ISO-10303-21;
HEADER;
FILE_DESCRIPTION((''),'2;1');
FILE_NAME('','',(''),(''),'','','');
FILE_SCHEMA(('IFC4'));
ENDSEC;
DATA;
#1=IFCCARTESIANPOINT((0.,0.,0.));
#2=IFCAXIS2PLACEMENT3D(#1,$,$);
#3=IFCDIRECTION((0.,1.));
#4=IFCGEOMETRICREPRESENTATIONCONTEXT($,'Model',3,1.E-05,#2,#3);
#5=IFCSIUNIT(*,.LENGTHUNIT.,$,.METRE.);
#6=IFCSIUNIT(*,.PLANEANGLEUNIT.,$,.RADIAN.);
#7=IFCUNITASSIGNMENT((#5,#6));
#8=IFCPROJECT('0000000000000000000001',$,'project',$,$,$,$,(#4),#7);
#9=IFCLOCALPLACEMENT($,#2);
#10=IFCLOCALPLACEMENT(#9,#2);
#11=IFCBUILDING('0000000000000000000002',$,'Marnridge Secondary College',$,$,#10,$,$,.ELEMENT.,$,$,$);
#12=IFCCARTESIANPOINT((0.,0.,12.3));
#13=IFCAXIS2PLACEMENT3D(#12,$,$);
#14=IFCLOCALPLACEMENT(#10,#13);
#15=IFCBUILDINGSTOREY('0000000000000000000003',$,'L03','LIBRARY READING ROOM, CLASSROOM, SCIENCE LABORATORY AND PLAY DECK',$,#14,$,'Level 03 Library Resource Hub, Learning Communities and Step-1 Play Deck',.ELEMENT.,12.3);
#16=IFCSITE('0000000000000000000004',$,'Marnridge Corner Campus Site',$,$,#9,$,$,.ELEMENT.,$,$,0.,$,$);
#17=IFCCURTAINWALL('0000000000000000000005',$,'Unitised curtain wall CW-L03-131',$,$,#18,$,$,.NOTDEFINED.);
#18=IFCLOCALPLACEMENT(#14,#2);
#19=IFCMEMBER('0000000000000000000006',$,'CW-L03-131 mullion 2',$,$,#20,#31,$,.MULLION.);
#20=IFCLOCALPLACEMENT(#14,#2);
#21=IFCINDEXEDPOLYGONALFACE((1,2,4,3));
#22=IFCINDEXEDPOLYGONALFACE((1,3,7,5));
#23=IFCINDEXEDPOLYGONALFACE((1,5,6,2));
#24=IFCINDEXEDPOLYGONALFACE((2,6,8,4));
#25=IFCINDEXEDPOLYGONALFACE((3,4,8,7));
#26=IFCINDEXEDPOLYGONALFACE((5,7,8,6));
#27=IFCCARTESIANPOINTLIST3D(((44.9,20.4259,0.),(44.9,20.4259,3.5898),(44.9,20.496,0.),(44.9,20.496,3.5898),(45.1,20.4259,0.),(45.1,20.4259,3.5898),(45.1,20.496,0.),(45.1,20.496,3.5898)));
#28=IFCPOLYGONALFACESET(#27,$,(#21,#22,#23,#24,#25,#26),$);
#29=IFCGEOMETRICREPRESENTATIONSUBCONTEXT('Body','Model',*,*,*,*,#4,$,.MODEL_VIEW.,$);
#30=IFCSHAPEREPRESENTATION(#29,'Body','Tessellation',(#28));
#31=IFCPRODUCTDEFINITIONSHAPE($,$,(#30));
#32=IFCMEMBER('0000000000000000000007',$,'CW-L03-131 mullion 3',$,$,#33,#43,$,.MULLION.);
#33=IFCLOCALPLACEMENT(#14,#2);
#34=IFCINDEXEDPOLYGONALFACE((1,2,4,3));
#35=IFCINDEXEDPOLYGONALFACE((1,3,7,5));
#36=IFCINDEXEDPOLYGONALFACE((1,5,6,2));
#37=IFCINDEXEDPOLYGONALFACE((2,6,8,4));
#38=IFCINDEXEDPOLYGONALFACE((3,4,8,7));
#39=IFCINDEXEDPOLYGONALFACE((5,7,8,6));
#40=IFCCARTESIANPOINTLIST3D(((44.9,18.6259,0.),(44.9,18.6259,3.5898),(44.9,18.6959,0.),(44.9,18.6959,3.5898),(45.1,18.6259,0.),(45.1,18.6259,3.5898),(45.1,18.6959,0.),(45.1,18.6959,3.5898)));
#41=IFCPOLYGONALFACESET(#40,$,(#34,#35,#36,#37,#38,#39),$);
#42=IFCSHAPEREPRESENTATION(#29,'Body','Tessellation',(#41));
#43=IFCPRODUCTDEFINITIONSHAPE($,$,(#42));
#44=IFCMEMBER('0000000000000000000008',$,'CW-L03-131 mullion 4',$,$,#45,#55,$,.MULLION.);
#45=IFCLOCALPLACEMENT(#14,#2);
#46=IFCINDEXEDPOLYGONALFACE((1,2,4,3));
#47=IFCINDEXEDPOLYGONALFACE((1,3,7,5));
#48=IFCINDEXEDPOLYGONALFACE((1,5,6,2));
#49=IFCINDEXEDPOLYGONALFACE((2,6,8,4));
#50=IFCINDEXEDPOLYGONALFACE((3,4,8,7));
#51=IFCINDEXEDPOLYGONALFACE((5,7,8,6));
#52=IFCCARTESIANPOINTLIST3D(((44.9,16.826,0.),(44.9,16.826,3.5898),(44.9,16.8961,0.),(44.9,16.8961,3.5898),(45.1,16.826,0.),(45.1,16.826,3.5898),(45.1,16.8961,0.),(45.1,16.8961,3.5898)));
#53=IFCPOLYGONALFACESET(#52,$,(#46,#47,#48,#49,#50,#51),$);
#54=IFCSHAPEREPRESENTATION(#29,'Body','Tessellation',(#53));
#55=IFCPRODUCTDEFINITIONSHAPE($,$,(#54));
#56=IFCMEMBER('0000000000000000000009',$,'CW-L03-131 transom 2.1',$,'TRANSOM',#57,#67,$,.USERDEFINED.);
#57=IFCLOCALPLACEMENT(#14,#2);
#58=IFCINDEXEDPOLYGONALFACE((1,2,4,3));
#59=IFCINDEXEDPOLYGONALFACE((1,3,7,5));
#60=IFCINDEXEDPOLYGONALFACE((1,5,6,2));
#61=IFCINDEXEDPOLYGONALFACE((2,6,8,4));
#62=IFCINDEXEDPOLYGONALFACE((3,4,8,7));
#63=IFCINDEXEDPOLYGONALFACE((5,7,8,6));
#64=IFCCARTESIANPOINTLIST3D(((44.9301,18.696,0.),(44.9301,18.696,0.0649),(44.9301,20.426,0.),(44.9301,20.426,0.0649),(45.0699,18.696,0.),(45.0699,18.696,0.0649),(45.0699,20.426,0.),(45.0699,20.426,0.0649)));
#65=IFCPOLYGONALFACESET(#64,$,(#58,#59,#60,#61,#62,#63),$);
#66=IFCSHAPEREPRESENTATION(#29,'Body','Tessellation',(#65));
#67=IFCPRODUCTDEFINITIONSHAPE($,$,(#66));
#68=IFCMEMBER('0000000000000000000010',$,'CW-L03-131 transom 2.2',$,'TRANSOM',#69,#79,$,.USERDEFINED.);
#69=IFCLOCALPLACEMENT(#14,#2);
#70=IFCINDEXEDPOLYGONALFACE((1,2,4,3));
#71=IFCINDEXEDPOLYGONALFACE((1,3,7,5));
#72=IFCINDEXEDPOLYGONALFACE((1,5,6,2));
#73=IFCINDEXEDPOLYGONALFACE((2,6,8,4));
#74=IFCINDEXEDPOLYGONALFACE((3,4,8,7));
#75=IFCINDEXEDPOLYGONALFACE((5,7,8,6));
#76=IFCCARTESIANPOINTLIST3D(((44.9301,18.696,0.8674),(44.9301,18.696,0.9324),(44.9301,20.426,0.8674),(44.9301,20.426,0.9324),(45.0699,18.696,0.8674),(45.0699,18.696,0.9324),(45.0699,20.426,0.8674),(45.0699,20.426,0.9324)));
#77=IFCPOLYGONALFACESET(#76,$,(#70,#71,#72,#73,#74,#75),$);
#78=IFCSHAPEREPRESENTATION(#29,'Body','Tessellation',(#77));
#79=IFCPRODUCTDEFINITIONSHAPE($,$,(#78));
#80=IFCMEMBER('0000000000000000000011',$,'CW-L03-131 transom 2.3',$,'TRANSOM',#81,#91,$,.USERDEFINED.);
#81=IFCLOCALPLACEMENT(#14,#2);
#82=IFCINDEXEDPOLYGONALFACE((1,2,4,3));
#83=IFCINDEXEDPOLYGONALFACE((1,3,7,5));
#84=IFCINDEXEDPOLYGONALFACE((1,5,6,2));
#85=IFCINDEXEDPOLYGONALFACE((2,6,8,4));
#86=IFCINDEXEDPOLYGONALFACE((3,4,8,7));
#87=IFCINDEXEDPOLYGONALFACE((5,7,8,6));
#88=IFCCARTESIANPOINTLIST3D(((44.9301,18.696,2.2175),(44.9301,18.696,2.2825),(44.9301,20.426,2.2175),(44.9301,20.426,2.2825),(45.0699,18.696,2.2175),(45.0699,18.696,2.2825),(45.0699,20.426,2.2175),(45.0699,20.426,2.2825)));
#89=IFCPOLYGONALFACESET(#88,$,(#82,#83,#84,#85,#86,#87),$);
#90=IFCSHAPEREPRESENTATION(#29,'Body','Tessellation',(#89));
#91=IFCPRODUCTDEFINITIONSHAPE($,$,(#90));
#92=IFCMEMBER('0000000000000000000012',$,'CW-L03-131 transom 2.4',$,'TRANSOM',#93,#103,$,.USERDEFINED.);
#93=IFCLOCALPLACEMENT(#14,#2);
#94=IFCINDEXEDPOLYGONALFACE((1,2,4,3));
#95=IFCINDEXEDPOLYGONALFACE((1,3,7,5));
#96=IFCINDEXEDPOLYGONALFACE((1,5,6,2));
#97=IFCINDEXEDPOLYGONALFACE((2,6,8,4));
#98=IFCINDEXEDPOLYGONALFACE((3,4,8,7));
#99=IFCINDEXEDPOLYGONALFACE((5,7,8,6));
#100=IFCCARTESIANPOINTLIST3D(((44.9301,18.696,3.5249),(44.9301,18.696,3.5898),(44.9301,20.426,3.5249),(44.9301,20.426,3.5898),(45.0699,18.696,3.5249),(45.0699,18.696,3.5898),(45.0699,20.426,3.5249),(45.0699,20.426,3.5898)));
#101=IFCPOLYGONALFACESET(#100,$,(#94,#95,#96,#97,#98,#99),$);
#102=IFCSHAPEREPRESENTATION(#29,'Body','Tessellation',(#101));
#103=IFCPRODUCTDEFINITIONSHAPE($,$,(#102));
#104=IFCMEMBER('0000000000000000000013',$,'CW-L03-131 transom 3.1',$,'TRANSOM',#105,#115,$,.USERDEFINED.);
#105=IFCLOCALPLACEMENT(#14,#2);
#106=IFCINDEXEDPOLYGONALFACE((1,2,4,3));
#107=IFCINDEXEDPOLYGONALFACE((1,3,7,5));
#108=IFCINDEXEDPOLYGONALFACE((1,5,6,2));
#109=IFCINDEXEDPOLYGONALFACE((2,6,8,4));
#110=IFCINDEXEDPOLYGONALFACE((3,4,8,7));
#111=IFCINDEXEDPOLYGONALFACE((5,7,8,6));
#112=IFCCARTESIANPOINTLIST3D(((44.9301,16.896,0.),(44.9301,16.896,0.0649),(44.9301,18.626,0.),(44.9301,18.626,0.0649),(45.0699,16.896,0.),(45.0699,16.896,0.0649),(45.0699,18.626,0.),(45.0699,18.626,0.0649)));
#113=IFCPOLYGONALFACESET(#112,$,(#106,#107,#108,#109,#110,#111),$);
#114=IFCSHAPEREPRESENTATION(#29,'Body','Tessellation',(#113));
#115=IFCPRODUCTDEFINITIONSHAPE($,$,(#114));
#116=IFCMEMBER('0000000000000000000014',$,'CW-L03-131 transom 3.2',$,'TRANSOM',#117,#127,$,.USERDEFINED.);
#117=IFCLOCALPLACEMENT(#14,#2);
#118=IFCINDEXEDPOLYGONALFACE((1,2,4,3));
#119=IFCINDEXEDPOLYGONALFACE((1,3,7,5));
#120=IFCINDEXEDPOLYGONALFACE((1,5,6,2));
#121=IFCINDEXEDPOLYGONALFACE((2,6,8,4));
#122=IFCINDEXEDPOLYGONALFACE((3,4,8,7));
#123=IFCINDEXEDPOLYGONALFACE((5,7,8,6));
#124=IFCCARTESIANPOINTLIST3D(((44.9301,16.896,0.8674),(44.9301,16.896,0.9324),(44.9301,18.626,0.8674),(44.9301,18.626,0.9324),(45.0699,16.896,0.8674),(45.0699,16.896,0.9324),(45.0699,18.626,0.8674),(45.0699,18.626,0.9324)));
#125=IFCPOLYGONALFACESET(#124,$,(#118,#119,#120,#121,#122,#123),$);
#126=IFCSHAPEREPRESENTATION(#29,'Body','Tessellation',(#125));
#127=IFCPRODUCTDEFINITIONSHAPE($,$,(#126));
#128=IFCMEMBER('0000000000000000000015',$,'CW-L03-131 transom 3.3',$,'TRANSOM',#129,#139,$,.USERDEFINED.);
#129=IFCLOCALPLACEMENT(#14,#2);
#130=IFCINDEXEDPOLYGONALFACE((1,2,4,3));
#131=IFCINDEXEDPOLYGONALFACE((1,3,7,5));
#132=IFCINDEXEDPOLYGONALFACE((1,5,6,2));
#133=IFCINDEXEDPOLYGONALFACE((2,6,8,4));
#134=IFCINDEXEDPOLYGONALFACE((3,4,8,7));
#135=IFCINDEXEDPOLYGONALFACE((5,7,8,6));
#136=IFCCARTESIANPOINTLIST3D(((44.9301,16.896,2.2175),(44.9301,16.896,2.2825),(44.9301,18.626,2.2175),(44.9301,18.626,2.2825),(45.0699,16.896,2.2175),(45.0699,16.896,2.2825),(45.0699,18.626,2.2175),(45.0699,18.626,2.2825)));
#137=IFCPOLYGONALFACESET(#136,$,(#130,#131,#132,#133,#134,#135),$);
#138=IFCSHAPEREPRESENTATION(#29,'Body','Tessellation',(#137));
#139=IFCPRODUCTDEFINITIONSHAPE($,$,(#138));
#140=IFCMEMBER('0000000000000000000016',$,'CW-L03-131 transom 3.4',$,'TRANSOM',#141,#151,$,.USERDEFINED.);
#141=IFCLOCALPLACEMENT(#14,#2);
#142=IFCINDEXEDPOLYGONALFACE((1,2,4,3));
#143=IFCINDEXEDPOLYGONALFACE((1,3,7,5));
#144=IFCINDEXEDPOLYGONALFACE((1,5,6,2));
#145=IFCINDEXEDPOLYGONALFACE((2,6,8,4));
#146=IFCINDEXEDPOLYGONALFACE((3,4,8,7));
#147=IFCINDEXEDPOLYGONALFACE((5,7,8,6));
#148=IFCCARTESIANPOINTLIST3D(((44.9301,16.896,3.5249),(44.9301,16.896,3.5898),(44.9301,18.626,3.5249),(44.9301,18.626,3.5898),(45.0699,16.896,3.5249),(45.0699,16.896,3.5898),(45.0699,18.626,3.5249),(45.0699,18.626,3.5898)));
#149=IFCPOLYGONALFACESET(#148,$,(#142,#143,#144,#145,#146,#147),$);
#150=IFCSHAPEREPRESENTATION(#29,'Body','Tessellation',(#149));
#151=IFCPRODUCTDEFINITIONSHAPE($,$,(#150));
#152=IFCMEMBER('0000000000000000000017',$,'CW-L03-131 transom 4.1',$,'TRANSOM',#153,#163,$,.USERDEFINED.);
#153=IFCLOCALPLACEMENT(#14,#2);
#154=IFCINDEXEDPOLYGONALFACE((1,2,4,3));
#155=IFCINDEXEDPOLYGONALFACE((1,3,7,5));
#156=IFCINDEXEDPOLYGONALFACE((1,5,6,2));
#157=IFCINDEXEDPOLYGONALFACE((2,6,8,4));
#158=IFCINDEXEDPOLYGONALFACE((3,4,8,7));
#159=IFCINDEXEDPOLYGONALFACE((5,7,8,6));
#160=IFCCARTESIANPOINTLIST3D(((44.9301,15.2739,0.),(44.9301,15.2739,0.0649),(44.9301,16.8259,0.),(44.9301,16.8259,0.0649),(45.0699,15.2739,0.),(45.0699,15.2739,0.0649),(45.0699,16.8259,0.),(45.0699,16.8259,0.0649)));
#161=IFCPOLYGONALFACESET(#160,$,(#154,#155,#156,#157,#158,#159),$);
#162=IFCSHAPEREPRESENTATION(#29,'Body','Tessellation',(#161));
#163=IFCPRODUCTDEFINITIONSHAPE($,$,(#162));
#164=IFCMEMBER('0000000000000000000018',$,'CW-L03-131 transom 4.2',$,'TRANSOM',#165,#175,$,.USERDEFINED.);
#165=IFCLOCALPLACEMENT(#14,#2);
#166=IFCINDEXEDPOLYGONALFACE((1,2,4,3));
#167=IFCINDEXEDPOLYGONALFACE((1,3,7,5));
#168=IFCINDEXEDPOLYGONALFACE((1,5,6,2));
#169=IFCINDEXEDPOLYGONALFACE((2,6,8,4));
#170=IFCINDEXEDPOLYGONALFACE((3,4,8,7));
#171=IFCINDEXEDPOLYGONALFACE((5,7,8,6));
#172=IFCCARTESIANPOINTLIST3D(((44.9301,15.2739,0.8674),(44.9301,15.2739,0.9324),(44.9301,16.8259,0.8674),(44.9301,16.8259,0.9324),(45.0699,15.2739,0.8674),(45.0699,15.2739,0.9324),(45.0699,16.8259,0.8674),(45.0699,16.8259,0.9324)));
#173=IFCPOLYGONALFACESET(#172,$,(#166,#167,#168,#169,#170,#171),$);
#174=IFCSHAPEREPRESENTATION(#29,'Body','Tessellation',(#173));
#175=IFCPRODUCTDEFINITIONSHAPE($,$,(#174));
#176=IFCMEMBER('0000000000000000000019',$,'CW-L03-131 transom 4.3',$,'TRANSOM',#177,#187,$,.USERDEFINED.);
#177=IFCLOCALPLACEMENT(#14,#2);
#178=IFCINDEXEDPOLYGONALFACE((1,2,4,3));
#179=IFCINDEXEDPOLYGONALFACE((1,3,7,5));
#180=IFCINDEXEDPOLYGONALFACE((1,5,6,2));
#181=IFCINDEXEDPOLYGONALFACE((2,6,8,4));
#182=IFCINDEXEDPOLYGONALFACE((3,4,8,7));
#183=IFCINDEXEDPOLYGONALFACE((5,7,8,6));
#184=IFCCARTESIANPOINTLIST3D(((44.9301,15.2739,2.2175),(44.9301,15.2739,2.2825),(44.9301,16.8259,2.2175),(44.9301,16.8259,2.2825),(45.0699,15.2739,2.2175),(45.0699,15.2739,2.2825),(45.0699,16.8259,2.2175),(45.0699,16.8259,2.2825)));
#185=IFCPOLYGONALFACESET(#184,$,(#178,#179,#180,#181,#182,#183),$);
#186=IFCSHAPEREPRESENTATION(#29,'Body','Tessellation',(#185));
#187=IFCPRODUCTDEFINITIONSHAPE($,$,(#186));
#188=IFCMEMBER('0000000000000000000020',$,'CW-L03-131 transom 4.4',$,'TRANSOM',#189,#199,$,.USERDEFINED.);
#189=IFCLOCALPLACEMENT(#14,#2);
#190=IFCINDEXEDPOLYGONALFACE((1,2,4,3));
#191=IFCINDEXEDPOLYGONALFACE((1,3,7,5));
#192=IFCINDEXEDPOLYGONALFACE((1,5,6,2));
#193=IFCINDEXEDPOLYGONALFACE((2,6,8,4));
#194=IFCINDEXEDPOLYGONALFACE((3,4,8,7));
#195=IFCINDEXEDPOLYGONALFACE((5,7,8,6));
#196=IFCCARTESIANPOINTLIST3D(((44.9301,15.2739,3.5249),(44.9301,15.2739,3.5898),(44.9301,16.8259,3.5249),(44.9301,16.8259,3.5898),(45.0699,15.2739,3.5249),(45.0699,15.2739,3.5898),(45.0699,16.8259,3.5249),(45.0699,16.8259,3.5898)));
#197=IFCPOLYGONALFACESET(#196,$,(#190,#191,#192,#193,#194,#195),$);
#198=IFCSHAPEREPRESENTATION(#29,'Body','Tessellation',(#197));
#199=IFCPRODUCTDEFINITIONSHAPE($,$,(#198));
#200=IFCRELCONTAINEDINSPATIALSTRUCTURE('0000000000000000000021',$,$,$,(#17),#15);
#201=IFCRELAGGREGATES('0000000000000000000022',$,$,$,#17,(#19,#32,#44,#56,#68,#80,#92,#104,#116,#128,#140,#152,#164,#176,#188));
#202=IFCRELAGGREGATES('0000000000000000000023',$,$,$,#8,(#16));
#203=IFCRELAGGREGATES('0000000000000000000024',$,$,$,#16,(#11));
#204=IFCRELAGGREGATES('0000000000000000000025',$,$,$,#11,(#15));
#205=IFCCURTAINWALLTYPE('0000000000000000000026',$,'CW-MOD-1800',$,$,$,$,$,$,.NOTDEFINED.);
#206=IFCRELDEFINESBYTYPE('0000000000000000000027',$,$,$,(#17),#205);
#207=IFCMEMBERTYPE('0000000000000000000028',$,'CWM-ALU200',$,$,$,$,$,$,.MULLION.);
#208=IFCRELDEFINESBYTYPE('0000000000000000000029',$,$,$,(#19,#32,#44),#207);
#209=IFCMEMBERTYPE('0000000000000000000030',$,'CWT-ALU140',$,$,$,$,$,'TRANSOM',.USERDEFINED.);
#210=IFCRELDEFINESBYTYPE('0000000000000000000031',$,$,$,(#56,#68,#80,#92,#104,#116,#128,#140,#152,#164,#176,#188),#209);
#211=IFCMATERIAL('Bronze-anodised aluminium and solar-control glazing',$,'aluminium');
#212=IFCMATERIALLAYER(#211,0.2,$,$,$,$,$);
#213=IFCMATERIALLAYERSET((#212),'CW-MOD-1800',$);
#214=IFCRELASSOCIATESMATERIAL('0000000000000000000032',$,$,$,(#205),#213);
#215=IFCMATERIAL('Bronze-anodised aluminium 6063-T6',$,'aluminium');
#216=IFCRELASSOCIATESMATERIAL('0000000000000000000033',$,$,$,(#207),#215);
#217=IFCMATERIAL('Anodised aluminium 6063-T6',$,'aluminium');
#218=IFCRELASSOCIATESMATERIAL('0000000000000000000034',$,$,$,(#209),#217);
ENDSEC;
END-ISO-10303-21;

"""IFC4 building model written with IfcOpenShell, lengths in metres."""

from ifc_helpers import new_model, si_unit, direction, frame, origin, origin_2d, place, context, subcontext, project, spatial, rectangle, extrude, material, layer, layer_set, material_profile, profile_set, type_object, element, aggregate, save


model = new_model("IFC4")

# Units and contexts
model_context = context("Model", 3, precision=1e-05, world=origin(), true_north=direction((0.0, 1.0)))
body_context = subcontext(model_context, "Body", "Model", "MODEL_VIEW")
ifc_project = project(units=[si_unit("LENGTHUNIT", "METRE"), si_unit("PLANEANGLEUNIT", "RADIAN")], contexts=[model_context])

# Site, building, storey
site_placement = place(None, origin())
site = spatial("IfcSite", under=ifc_project, at=site_placement, Name="Marnridge Corner Campus Site", CompositionType="ELEMENT", RefElevation=0.0)
building_placement = place(site_placement, origin())
building = spatial("IfcBuilding", under=site, at=building_placement, Name="Marnridge Secondary College", CompositionType="ELEMENT")
storey_placement = place(building_placement, frame((0.0, 0.0, 12.3)))
storey = spatial("IfcBuildingStorey", under=building, at=storey_placement, Name="L03", Description="LIBRARY READING ROOM, CLASSROOM, SCIENCE LABORATORY AND PLAY DECK", LongName="Level 03 Library Resource Hub, Learning Communities and Step-1 Play Deck", CompositionType="ELEMENT", Elevation=12.3)

# Curtain wall, members
ifc_material_1 = material(Name="Bronze-anodised aluminium and solar-control glazing", Category="aluminium")
ifc_layer_1 = layer(ifc_material_1, 0.2)
ifc_layer_set_1 = layer_set([ifc_layer_1], Name="CW-MOD-1800")
curtain_wall_type = type_object("IfcCurtainWallType", Name="CW-MOD-1800", PredefinedType="NOTDEFINED", material=ifc_layer_set_1)
curtain_wall_placement = place(storey_placement, origin())
curtain_wall = element("IfcCurtainWall", 1, at=curtain_wall_placement, inside=storey, type_object=curtain_wall_type, Name="Unitised curtain wall CW-L03-131", PredefinedType="NOTDEFINED")
ifc_material_2 = material(Name="Bronze-anodised aluminium 6063-T6", Category="aluminium")
ifc_material_profile_1 = material_profile(ifc_material_2, rectangle(XDim=0.0701, YDim=0.2, at=origin_2d()), Name="ALU 70x200")
ifc_profile_set_1 = profile_set([ifc_material_profile_1], Name="Bronze-anodised aluminium 6063-T6")
member_type_1 = type_object("IfcMemberType", Name="CWM-ALU200", PredefinedType="MULLION", material=ifc_profile_set_1)
member_1_placement = place(storey_placement, frame((45.0, 20.4609, 0.0), z_axis=(0.0, 0.0, 1.0), x_axis=(0.0, -1.0, 0.0)))
member_1 = element("IfcMember", 2, at=member_1_placement, type_object=member_type_1, Name="CW-L03-131 mullion 2", PredefinedType="MULLION", context=body_context, shape_type="SweptSolid", body=[
    extrude(rectangle(XDim=0.0701, YDim=0.2, at=origin_2d()), origin(), (0.0, 0.0, 1.0), 3.5898),
])
member_2_placement = place(storey_placement, frame((45.0, 18.6609, 0.0), z_axis=(0.0, 0.0, 1.0), x_axis=(0.0, -1.0, 0.0)))
member_2 = element("IfcMember", 3, at=member_2_placement, type_object=member_type_1, Name="CW-L03-131 mullion 3", PredefinedType="MULLION", context=body_context, shape_type="SweptSolid", body=[
    extrude(rectangle(XDim=0.0701, YDim=0.2, at=origin_2d()), origin(), (0.0, 0.0, 1.0), 3.5898),
])
member_3_placement = place(storey_placement, frame((45.0, 16.8611, 0.0), z_axis=(0.0, 0.0, 1.0), x_axis=(0.0, -1.0, 0.0)))
member_3 = element("IfcMember", 4, at=member_3_placement, type_object=member_type_1, Name="CW-L03-131 mullion 4", PredefinedType="MULLION", context=body_context, shape_type="SweptSolid", body=[
    extrude(rectangle(XDim=0.0701, YDim=0.2, at=origin_2d()), origin(), (0.0, 0.0, 1.0), 3.5898),
])
ifc_material_3 = material(Name="Anodised aluminium 6063-T6", Category="aluminium")
ifc_material_profile_2 = material_profile(ifc_material_3, rectangle(XDim=0.0649, YDim=0.1399, at=origin_2d()), Name="ALU 65x140")
ifc_profile_set_2 = profile_set([ifc_material_profile_2], Name="Anodised aluminium 6063-T6")
member_type_2 = type_object("IfcMemberType", Name="CWT-ALU140", ElementType="TRANSOM", PredefinedType="USERDEFINED", material=ifc_profile_set_2)
member_4_placement = place(storey_placement, frame((45.0, 20.426, 0.0325), z_axis=(0.0, -1.0, 0.0), x_axis=(0.0, 0.0, 1.0)))
member_4 = element("IfcMember", 5, at=member_4_placement, type_object=member_type_2, Name="CW-L03-131 transom 2.1", ObjectType="TRANSOM", PredefinedType="USERDEFINED", context=body_context, shape_type="SweptSolid", body=[
    extrude(rectangle(XDim=0.0649, YDim=0.1399, at=origin_2d()), origin(), (0.0, 0.0, 1.0), 1.73),
])
member_5_placement = place(storey_placement, frame((45.0, 20.426, 0.8999), z_axis=(0.0, -1.0, 0.0), x_axis=(0.0, 0.0, 1.0)))
member_5 = element("IfcMember", 6, at=member_5_placement, type_object=member_type_2, Name="CW-L03-131 transom 2.2", ObjectType="TRANSOM", PredefinedType="USERDEFINED", context=body_context, shape_type="SweptSolid", body=[
    extrude(rectangle(XDim=0.0649, YDim=0.1399, at=origin_2d()), origin(), (0.0, 0.0, 1.0), 1.73),
])
member_6_placement = place(storey_placement, frame((45.0, 20.426, 2.25), z_axis=(0.0, -1.0, 0.0), x_axis=(0.0, 0.0, 1.0)))
member_6 = element("IfcMember", 7, at=member_6_placement, type_object=member_type_2, Name="CW-L03-131 transom 2.3", ObjectType="TRANSOM", PredefinedType="USERDEFINED", context=body_context, shape_type="SweptSolid", body=[
    extrude(rectangle(XDim=0.0649, YDim=0.1399, at=origin_2d()), origin(), (0.0, 0.0, 1.0), 1.73),
])
member_7_placement = place(storey_placement, frame((45.0, 20.426, 3.5574), z_axis=(0.0, -1.0, 0.0), x_axis=(0.0, 0.0, 1.0)))
member_7 = element("IfcMember", 8, at=member_7_placement, type_object=member_type_2, Name="CW-L03-131 transom 2.4", ObjectType="TRANSOM", PredefinedType="USERDEFINED", context=body_context, shape_type="SweptSolid", body=[
    extrude(rectangle(XDim=0.0649, YDim=0.1399, at=origin_2d()), origin(), (0.0, 0.0, 1.0), 1.73),
])
member_8_placement = place(storey_placement, frame((45.0, 18.626, 0.0325), z_axis=(0.0, -1.0, 0.0), x_axis=(0.0, 0.0, 1.0)))
member_8 = element("IfcMember", 9, at=member_8_placement, type_object=member_type_2, Name="CW-L03-131 transom 3.1", ObjectType="TRANSOM", PredefinedType="USERDEFINED", context=body_context, shape_type="SweptSolid", body=[
    extrude(rectangle(XDim=0.0649, YDim=0.1399, at=origin_2d()), origin(), (0.0, 0.0, 1.0), 1.73),
])
member_9_placement = place(storey_placement, frame((45.0, 18.626, 0.8999), z_axis=(0.0, -1.0, 0.0), x_axis=(0.0, 0.0, 1.0)))
member_9 = element("IfcMember", 10, at=member_9_placement, type_object=member_type_2, Name="CW-L03-131 transom 3.2", ObjectType="TRANSOM", PredefinedType="USERDEFINED", context=body_context, shape_type="SweptSolid", body=[
    extrude(rectangle(XDim=0.0649, YDim=0.1399, at=origin_2d()), origin(), (0.0, 0.0, 1.0), 1.73),
])
member_10_placement = place(storey_placement, frame((45.0, 18.626, 2.25), z_axis=(0.0, -1.0, 0.0), x_axis=(0.0, 0.0, 1.0)))
member_10 = element("IfcMember", 11, at=member_10_placement, type_object=member_type_2, Name="CW-L03-131 transom 3.3", ObjectType="TRANSOM", PredefinedType="USERDEFINED", context=body_context, shape_type="SweptSolid", body=[
    extrude(rectangle(XDim=0.0649, YDim=0.1399, at=origin_2d()), origin(), (0.0, 0.0, 1.0), 1.73),
])
member_11_placement = place(storey_placement, frame((45.0, 18.626, 3.5574), z_axis=(0.0, -1.0, 0.0), x_axis=(0.0, 0.0, 1.0)))
member_11 = element("IfcMember", 12, at=member_11_placement, type_object=member_type_2, Name="CW-L03-131 transom 3.4", ObjectType="TRANSOM", PredefinedType="USERDEFINED", context=body_context, shape_type="SweptSolid", body=[
    extrude(rectangle(XDim=0.0649, YDim=0.1399, at=origin_2d()), origin(), (0.0, 0.0, 1.0), 1.73),
])
member_12_placement = place(storey_placement, frame((45.0, 16.8259, 0.0325), z_axis=(0.0, -1.0, 0.0), x_axis=(0.0, 0.0, 1.0)))
member_12 = element("IfcMember", 13, at=member_12_placement, type_object=member_type_2, Name="CW-L03-131 transom 4.1", ObjectType="TRANSOM", PredefinedType="USERDEFINED", context=body_context, shape_type="SweptSolid", body=[
    extrude(rectangle(XDim=0.0649, YDim=0.1399, at=origin_2d()), origin(), (0.0, 0.0, 1.0), 1.552),
])
member_13_placement = place(storey_placement, frame((45.0, 16.8259, 0.8999), z_axis=(0.0, -1.0, 0.0), x_axis=(0.0, 0.0, 1.0)))
member_13 = element("IfcMember", 14, at=member_13_placement, type_object=member_type_2, Name="CW-L03-131 transom 4.2", ObjectType="TRANSOM", PredefinedType="USERDEFINED", context=body_context, shape_type="SweptSolid", body=[
    extrude(rectangle(XDim=0.0649, YDim=0.1399, at=origin_2d()), origin(), (0.0, 0.0, 1.0), 1.552),
])
member_14_placement = place(storey_placement, frame((45.0, 16.8259, 2.25), z_axis=(0.0, -1.0, 0.0), x_axis=(0.0, 0.0, 1.0)))
member_14 = element("IfcMember", 15, at=member_14_placement, type_object=member_type_2, Name="CW-L03-131 transom 4.3", ObjectType="TRANSOM", PredefinedType="USERDEFINED", context=body_context, shape_type="SweptSolid", body=[
    extrude(rectangle(XDim=0.0649, YDim=0.1399, at=origin_2d()), origin(), (0.0, 0.0, 1.0), 1.552),
])
member_15_placement = place(storey_placement, frame((45.0, 16.8259, 3.5574), z_axis=(0.0, -1.0, 0.0), x_axis=(0.0, 0.0, 1.0)))
member_15 = element("IfcMember", 16, at=member_15_placement, type_object=member_type_2, Name="CW-L03-131 transom 4.4", ObjectType="TRANSOM", PredefinedType="USERDEFINED", context=body_context, shape_type="SweptSolid", body=[
    extrude(rectangle(XDim=0.0649, YDim=0.1399, at=origin_2d()), origin(), (0.0, 0.0, 1.0), 1.552),
])
aggregate(curtain_wall, [member_1, member_2, member_3, member_4, member_5, member_6, member_7, member_8, member_9, member_10, member_11, member_12, member_13, member_14, member_15])

save(model, "model.ifc")
